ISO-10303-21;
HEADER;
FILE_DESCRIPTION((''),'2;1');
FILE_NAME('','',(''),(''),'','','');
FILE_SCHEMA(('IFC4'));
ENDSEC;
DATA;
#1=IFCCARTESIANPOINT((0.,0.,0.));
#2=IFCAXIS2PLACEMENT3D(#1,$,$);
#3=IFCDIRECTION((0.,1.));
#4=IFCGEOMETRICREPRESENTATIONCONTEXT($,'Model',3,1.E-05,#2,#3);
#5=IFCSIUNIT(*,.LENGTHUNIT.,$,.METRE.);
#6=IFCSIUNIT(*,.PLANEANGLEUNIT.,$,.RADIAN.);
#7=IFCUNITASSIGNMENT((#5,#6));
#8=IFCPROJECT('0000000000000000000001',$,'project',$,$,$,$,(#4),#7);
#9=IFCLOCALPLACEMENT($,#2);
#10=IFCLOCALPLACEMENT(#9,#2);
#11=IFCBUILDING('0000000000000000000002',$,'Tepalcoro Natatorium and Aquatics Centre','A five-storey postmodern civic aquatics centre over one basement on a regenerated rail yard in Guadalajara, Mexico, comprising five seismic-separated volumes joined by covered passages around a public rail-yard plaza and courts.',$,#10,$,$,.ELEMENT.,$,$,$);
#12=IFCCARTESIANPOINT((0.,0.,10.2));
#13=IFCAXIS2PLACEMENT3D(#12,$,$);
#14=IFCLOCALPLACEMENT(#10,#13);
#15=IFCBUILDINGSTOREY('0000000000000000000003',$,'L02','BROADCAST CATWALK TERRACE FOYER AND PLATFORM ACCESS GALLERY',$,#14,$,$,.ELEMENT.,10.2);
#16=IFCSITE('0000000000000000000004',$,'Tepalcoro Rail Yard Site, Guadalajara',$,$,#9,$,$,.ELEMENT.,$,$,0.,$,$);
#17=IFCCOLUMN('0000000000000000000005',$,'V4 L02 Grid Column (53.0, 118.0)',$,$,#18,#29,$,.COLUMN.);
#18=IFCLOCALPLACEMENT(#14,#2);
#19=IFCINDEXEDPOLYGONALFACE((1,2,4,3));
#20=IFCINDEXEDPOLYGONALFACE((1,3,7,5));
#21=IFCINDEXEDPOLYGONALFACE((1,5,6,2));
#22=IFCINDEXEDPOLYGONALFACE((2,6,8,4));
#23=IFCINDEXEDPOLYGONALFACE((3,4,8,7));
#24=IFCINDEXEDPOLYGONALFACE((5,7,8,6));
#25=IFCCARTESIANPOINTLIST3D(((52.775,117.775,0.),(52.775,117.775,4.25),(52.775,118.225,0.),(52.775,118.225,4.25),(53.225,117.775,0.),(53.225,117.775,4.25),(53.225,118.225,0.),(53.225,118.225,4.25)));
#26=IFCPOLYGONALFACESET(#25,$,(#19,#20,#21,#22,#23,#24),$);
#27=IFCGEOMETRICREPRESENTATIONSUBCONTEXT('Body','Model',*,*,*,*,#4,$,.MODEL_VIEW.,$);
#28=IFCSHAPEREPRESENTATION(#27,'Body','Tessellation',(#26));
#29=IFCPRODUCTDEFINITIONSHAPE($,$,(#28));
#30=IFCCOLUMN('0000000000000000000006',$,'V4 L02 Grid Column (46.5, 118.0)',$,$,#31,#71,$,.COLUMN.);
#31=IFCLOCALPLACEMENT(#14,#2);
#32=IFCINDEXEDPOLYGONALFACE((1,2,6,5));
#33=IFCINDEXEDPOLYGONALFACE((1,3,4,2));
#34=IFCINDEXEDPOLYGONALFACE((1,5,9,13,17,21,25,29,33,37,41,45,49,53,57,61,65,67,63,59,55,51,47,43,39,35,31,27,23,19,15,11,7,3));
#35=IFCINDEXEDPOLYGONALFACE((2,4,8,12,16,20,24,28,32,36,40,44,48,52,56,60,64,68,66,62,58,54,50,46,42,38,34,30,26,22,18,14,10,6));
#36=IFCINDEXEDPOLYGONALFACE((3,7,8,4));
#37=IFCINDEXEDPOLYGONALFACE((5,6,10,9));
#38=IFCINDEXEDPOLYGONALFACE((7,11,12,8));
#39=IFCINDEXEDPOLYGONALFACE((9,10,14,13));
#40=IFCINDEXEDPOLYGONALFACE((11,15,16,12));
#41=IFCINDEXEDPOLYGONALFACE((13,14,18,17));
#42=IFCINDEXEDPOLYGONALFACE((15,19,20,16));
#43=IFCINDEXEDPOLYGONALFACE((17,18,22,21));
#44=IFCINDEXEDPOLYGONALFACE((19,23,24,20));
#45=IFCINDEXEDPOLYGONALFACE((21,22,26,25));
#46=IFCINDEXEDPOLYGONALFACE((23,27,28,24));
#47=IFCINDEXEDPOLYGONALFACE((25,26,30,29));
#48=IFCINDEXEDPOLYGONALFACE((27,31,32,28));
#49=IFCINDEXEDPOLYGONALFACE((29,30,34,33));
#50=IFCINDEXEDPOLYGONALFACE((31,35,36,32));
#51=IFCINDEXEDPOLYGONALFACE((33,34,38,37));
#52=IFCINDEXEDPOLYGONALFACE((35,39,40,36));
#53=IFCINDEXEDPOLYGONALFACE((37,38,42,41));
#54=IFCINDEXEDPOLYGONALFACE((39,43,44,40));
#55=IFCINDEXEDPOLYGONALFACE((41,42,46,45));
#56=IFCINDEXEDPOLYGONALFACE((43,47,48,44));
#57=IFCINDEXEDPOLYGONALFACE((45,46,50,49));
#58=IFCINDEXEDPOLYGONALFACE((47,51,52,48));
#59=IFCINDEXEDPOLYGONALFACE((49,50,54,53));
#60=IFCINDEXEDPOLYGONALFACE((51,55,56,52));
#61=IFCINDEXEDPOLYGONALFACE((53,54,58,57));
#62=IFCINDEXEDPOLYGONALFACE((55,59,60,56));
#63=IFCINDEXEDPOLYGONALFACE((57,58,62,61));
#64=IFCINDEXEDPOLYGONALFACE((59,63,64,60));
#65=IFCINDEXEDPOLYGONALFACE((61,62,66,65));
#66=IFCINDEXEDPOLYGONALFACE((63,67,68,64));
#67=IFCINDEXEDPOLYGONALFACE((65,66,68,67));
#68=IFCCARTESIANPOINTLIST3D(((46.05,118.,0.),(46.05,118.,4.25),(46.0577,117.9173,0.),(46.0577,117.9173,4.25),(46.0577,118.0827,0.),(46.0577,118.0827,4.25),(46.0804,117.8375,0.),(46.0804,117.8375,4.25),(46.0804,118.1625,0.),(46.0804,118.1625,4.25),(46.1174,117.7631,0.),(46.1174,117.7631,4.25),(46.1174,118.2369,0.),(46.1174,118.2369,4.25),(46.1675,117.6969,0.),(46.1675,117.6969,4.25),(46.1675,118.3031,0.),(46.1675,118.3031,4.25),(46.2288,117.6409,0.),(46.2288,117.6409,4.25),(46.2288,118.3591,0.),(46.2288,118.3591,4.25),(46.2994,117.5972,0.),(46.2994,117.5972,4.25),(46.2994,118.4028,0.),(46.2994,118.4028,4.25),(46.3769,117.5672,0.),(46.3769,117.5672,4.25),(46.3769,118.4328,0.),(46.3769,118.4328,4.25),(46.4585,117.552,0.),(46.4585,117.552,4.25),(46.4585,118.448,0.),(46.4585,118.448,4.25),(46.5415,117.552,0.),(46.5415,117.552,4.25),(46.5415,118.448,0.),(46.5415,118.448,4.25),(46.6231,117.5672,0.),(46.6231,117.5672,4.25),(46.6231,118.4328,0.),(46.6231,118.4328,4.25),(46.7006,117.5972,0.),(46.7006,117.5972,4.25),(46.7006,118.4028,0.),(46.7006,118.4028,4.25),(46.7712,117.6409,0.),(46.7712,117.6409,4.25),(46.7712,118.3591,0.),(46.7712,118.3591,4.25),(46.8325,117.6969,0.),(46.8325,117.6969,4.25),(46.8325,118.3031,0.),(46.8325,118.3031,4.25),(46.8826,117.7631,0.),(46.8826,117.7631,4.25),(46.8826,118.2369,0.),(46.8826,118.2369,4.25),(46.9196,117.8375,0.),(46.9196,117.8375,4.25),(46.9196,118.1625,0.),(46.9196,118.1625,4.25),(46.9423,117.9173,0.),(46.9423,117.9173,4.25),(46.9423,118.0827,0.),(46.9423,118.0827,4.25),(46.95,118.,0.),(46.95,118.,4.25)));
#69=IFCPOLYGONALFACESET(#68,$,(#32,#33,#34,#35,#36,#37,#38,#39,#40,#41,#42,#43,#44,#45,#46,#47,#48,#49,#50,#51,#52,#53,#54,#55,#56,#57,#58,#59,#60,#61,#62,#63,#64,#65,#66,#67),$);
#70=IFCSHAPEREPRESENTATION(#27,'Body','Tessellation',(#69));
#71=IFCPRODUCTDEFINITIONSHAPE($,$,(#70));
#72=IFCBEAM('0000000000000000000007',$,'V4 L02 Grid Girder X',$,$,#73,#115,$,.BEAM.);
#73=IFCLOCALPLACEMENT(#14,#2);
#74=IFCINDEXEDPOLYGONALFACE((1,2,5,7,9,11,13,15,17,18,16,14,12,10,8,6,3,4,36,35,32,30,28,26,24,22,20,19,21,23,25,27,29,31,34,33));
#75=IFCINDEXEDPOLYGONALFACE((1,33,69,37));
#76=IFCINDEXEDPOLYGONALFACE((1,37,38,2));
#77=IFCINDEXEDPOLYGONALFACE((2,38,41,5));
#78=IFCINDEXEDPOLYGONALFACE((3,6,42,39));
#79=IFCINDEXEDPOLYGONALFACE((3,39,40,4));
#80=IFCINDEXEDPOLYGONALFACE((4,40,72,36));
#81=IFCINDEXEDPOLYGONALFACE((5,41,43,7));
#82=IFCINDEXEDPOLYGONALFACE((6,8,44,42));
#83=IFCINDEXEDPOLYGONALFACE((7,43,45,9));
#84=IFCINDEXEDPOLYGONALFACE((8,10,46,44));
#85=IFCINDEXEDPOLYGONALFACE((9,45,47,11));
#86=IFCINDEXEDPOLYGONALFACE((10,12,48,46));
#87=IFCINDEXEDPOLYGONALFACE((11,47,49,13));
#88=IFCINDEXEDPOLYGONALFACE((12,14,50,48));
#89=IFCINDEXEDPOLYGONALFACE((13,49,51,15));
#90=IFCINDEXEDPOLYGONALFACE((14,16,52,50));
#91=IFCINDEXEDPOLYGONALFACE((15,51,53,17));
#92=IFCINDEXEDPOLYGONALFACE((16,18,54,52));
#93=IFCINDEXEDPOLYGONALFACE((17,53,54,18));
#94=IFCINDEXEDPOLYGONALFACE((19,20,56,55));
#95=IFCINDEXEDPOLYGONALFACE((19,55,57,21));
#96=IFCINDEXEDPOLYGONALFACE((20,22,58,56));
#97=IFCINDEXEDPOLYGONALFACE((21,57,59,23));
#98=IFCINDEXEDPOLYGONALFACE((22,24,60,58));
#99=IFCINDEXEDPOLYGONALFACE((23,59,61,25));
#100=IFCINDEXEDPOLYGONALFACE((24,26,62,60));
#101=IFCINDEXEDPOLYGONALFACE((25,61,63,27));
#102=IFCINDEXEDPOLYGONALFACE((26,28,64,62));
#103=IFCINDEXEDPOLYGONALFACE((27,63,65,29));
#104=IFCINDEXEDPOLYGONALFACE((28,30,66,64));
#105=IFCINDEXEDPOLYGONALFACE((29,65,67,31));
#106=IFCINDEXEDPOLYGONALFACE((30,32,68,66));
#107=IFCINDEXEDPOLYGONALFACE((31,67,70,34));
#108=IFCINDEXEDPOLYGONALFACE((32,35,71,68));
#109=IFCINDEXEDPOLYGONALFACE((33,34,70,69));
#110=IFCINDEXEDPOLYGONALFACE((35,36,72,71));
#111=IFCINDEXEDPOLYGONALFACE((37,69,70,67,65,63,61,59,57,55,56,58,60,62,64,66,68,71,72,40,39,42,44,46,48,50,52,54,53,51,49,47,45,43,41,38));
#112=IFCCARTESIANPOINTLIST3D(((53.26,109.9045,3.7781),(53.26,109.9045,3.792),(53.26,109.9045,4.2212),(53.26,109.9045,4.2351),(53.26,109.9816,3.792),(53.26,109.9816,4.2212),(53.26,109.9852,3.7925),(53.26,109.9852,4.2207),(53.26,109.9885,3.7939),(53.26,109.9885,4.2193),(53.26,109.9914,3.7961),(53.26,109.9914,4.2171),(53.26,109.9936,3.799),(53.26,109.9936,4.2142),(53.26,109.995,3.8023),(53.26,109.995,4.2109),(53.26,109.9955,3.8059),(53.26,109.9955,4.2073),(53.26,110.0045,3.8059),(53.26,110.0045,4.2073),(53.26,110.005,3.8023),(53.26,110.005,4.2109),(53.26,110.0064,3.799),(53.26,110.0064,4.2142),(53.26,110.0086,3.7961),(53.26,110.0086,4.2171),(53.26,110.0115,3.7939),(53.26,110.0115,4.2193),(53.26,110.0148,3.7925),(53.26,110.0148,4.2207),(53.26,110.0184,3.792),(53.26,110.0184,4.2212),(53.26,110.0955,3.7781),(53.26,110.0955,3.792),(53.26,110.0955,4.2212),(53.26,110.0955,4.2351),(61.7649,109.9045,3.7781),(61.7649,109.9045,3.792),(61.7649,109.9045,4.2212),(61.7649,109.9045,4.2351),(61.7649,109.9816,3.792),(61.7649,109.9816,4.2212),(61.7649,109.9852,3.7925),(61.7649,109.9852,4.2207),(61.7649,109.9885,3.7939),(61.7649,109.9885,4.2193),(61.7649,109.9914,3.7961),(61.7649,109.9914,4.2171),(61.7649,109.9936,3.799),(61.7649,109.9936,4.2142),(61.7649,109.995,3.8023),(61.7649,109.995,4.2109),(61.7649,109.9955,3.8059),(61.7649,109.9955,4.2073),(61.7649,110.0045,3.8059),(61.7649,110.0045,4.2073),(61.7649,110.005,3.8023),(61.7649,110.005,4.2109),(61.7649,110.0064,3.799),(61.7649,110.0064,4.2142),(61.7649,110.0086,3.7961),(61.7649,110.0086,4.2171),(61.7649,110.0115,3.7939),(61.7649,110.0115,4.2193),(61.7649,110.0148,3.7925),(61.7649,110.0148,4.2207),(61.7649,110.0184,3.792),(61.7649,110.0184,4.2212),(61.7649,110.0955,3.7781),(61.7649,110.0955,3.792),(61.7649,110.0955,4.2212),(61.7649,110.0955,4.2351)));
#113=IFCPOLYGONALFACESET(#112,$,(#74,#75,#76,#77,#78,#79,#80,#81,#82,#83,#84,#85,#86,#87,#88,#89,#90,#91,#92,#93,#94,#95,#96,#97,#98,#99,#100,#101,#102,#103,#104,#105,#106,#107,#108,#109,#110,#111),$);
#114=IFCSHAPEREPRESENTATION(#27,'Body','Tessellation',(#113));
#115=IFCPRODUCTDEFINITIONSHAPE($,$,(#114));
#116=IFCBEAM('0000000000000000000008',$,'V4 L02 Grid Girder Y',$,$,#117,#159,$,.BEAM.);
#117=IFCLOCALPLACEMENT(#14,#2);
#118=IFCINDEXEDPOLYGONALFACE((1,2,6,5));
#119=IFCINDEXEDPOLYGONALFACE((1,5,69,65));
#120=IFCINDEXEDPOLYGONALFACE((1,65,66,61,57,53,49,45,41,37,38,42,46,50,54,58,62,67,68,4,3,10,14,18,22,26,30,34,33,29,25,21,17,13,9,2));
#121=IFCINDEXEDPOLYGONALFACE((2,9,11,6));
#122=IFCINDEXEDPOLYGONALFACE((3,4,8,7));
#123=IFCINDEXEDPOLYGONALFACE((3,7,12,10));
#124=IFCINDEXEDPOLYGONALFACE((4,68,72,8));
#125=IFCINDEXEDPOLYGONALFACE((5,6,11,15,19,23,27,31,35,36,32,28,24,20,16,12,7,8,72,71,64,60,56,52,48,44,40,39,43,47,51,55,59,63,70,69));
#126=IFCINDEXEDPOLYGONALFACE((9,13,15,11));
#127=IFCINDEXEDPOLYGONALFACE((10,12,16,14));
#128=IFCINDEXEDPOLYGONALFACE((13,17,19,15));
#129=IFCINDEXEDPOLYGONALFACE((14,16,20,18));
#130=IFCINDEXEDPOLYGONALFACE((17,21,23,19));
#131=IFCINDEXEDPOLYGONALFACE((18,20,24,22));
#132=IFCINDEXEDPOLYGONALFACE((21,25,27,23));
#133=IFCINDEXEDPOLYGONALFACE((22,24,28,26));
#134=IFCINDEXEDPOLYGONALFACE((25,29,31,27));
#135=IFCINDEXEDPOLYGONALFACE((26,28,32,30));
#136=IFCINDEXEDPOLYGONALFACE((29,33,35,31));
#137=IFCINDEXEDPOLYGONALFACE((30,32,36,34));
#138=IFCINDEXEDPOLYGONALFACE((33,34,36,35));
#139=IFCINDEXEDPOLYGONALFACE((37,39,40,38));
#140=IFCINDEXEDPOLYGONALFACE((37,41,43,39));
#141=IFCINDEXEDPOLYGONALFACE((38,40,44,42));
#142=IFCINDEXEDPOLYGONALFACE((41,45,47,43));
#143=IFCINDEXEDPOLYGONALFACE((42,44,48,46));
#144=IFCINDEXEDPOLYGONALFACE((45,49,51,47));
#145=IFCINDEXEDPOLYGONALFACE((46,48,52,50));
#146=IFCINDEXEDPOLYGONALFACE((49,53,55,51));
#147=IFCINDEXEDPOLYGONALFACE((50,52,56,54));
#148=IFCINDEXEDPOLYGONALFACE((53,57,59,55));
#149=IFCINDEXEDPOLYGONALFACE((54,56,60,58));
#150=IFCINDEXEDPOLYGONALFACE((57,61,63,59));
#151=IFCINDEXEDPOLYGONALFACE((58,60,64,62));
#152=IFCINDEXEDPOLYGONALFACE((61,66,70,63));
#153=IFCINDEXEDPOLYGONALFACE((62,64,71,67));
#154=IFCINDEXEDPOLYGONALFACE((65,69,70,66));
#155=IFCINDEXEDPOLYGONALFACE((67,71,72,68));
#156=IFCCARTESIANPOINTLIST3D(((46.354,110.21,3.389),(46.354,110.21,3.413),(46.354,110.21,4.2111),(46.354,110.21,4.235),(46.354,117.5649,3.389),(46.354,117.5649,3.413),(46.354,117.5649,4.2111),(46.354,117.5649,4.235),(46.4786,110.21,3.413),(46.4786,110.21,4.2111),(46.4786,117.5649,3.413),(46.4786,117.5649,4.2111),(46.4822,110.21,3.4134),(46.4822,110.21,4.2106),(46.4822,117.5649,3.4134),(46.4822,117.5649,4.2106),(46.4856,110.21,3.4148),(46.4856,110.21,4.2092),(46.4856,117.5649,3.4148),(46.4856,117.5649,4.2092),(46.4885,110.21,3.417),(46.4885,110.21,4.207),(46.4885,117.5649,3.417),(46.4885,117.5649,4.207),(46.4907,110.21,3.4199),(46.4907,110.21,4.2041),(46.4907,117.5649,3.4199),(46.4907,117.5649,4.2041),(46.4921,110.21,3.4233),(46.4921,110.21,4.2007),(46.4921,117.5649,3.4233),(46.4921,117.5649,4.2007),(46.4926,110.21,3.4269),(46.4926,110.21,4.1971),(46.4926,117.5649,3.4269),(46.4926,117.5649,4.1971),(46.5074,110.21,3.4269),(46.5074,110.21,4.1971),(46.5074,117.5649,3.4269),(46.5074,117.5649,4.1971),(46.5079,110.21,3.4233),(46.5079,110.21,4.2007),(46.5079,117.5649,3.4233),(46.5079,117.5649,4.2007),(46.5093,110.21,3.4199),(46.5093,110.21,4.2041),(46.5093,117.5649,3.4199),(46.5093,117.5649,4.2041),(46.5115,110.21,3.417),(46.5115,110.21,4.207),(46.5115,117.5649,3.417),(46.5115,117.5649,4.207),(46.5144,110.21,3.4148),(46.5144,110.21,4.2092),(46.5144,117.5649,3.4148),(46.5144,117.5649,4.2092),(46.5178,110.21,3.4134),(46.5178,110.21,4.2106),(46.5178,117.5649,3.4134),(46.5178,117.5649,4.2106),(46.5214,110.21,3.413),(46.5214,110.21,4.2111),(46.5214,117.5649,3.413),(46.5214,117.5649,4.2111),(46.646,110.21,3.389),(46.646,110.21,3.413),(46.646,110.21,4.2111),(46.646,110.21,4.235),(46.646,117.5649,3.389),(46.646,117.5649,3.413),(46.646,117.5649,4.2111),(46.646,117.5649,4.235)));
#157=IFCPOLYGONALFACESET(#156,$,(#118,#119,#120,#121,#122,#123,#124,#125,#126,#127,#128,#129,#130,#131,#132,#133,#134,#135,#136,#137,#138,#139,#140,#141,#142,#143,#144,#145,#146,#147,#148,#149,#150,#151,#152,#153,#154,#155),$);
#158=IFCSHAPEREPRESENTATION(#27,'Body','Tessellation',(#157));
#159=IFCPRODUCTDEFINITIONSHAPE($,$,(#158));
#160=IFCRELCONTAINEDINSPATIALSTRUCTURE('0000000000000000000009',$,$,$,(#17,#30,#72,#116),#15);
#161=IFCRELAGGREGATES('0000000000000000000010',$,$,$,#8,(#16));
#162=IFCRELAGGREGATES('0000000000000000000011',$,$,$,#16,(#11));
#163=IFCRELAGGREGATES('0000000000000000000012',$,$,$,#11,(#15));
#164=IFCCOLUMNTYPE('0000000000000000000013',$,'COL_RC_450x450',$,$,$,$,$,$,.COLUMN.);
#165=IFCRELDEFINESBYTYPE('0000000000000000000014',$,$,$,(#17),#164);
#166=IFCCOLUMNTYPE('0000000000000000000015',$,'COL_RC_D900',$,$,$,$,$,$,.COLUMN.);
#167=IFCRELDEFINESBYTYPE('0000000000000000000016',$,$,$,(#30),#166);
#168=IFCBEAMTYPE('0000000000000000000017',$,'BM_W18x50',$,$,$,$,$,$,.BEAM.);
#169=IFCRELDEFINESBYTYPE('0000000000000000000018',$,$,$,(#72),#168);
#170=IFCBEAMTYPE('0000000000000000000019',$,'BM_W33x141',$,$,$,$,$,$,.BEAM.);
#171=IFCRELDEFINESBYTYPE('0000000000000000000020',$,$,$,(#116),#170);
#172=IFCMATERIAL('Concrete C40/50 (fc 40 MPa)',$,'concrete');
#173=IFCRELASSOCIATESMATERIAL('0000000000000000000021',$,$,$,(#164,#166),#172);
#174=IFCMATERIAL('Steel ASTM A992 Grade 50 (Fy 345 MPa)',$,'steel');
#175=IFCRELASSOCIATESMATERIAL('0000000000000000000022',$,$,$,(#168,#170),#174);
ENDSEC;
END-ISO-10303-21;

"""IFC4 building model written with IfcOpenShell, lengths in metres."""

from ifc_helpers import new_model, si_unit, direction, frame, origin, origin_2d, place, context, subcontext, project, spatial, rectangle, circle, i_section, extrude, material, material_profile, profile_set, type_object, element, save


model = new_model("IFC4")

# Units and contexts
model_context = context("Model", 3, precision=1e-05, world=origin(), true_north=direction((0.0, 1.0)))
body_context = subcontext(model_context, "Body", "Model", "MODEL_VIEW")
ifc_project = project(units=[si_unit("LENGTHUNIT", "METRE"), si_unit("PLANEANGLEUNIT", "RADIAN")], contexts=[model_context])

# Site, building, storey
site_placement = place(None, origin())
site = spatial("IfcSite", under=ifc_project, at=site_placement, Name="Tepalcoro Rail Yard Site, Guadalajara", CompositionType="ELEMENT", RefElevation=0.0)
building_placement = place(site_placement, origin())
building = spatial("IfcBuilding", under=site, at=building_placement, Name="Tepalcoro Natatorium and Aquatics Centre", Description="A five-storey postmodern civic aquatics centre over one basement on a regenerated rail yard in Guadalajara, Mexico, comprising five seismic-separated volumes joined by covered passages around a public rail-yard plaza and courts.", CompositionType="ELEMENT")
storey_placement = place(building_placement, frame((0.0, 0.0, 10.2)))
storey = spatial("IfcBuildingStorey", under=building, at=storey_placement, Name="L02", Description="BROADCAST CATWALK TERRACE FOYER AND PLATFORM ACCESS GALLERY", CompositionType="ELEMENT", Elevation=10.2)

# Columns
ifc_material_1 = material(Name="Concrete C40/50 (fc 40 MPa)", Category="concrete")
ifc_material_profile_1 = material_profile(ifc_material_1, rectangle(XDim=0.45, YDim=0.45, at=origin_2d()), Name="RC450x450")
ifc_profile_set_1 = profile_set([ifc_material_profile_1], Name="Concrete C40/50 (fc 40 MPa)")
column_type_1 = type_object("IfcColumnType", Name="COL_RC_450x450", PredefinedType="COLUMN", material=ifc_profile_set_1)
column_1_placement = place(storey_placement, frame((53.0, 118.0, 0.0), z_axis=(0.0, 0.0, 1.0), x_axis=(1.0, 0.0, 0.0)))
element("IfcColumn", 1, at=column_1_placement, inside=storey, type_object=column_type_1, Name="V4 L02 Grid Column (53.0, 118.0)", PredefinedType="COLUMN", context=body_context, shape_type="SweptSolid", body=[
    extrude(rectangle(XDim=0.45, YDim=0.45, at=origin_2d()), origin(), (0.0, 0.0, 1.0), 4.25),
])
ifc_material_profile_2 = material_profile(ifc_material_1, circle(Radius=0.45, at=origin_2d()), Name="RCD900")
ifc_profile_set_2 = profile_set([ifc_material_profile_2], Name="Concrete C40/50 (fc 40 MPa)")
column_type_2 = type_object("IfcColumnType", Name="COL_RC_D900", PredefinedType="COLUMN", material=ifc_profile_set_2)
column_2_placement = place(storey_placement, frame((46.5, 118.0, 0.0), z_axis=(0.0, 0.0, 1.0), x_axis=(1.0, 0.0, 0.0)))
element("IfcColumn", 2, at=column_2_placement, inside=storey, type_object=column_type_2, Name="V4 L02 Grid Column (46.5, 118.0)", PredefinedType="COLUMN", context=body_context, shape_type="SweptSolid", body=[
    extrude(circle(Radius=0.45, at=origin_2d()), origin(), (0.0, 0.0, 1.0), 4.25),
])

# Beams
ifc_material_2 = material(Name="Steel ASTM A992 Grade 50 (Fy 345 MPa)", Category="steel")
ifc_material_profile_3 = material_profile(ifc_material_2, i_section(OverallWidth=0.1909, OverallDepth=0.457, WebThickness=0.009, FlangeThickness=0.0139, FilletRadius=0.0139, at=origin_2d()), Name="W18X50")
ifc_profile_set_3 = profile_set([ifc_material_profile_3], Name="Steel ASTM A992 Grade 50 (Fy 345 MPa)")
beam_type_1 = type_object("IfcBeamType", Name="BM_W18x50", PredefinedType="BEAM", material=ifc_profile_set_3)
beam_1_placement = place(storey_placement, frame((53.26, 110.0, 4.0066), z_axis=(1.0, 0.0, 0.0), x_axis=(0.0, 1.0, 0.0)))
element("IfcBeam", 3, at=beam_1_placement, inside=storey, type_object=beam_type_1, Name="V4 L02 Grid Girder X", PredefinedType="BEAM", context=body_context, shape_type="SweptSolid", body=[
    extrude(i_section(OverallWidth=0.1909, OverallDepth=0.457, WebThickness=0.009, FlangeThickness=0.0139, FilletRadius=0.0139, at=origin_2d()), origin(), (0.0, 0.0, 1.0), 8.5049),
])
ifc_material_profile_4 = material_profile(ifc_material_2, i_section(OverallWidth=0.292, OverallDepth=0.8459, WebThickness=0.0149, FlangeThickness=0.0239, FilletRadius=0.0139, at=origin_2d()), Name="W33X141")
ifc_profile_set_4 = profile_set([ifc_material_profile_4], Name="Steel ASTM A992 Grade 50 (Fy 345 MPa)")
beam_type_2 = type_object("IfcBeamType", Name="BM_W33x141", PredefinedType="BEAM", material=ifc_profile_set_4)
beam_2_placement = place(storey_placement, frame((46.5, 110.21, 3.812), z_axis=(0.0, 1.0, 0.0), x_axis=(-1.0, 0.0, 0.0)))
element("IfcBeam", 4, at=beam_2_placement, inside=storey, type_object=beam_type_2, Name="V4 L02 Grid Girder Y", PredefinedType="BEAM", context=body_context, shape_type="SweptSolid", body=[
    extrude(i_section(OverallWidth=0.292, OverallDepth=0.8459, WebThickness=0.0149, FlangeThickness=0.0239, FilletRadius=0.0139, at=origin_2d()), origin(), (0.0, 0.0, 1.0), 7.355),
])

save(model, "model.ifc")
